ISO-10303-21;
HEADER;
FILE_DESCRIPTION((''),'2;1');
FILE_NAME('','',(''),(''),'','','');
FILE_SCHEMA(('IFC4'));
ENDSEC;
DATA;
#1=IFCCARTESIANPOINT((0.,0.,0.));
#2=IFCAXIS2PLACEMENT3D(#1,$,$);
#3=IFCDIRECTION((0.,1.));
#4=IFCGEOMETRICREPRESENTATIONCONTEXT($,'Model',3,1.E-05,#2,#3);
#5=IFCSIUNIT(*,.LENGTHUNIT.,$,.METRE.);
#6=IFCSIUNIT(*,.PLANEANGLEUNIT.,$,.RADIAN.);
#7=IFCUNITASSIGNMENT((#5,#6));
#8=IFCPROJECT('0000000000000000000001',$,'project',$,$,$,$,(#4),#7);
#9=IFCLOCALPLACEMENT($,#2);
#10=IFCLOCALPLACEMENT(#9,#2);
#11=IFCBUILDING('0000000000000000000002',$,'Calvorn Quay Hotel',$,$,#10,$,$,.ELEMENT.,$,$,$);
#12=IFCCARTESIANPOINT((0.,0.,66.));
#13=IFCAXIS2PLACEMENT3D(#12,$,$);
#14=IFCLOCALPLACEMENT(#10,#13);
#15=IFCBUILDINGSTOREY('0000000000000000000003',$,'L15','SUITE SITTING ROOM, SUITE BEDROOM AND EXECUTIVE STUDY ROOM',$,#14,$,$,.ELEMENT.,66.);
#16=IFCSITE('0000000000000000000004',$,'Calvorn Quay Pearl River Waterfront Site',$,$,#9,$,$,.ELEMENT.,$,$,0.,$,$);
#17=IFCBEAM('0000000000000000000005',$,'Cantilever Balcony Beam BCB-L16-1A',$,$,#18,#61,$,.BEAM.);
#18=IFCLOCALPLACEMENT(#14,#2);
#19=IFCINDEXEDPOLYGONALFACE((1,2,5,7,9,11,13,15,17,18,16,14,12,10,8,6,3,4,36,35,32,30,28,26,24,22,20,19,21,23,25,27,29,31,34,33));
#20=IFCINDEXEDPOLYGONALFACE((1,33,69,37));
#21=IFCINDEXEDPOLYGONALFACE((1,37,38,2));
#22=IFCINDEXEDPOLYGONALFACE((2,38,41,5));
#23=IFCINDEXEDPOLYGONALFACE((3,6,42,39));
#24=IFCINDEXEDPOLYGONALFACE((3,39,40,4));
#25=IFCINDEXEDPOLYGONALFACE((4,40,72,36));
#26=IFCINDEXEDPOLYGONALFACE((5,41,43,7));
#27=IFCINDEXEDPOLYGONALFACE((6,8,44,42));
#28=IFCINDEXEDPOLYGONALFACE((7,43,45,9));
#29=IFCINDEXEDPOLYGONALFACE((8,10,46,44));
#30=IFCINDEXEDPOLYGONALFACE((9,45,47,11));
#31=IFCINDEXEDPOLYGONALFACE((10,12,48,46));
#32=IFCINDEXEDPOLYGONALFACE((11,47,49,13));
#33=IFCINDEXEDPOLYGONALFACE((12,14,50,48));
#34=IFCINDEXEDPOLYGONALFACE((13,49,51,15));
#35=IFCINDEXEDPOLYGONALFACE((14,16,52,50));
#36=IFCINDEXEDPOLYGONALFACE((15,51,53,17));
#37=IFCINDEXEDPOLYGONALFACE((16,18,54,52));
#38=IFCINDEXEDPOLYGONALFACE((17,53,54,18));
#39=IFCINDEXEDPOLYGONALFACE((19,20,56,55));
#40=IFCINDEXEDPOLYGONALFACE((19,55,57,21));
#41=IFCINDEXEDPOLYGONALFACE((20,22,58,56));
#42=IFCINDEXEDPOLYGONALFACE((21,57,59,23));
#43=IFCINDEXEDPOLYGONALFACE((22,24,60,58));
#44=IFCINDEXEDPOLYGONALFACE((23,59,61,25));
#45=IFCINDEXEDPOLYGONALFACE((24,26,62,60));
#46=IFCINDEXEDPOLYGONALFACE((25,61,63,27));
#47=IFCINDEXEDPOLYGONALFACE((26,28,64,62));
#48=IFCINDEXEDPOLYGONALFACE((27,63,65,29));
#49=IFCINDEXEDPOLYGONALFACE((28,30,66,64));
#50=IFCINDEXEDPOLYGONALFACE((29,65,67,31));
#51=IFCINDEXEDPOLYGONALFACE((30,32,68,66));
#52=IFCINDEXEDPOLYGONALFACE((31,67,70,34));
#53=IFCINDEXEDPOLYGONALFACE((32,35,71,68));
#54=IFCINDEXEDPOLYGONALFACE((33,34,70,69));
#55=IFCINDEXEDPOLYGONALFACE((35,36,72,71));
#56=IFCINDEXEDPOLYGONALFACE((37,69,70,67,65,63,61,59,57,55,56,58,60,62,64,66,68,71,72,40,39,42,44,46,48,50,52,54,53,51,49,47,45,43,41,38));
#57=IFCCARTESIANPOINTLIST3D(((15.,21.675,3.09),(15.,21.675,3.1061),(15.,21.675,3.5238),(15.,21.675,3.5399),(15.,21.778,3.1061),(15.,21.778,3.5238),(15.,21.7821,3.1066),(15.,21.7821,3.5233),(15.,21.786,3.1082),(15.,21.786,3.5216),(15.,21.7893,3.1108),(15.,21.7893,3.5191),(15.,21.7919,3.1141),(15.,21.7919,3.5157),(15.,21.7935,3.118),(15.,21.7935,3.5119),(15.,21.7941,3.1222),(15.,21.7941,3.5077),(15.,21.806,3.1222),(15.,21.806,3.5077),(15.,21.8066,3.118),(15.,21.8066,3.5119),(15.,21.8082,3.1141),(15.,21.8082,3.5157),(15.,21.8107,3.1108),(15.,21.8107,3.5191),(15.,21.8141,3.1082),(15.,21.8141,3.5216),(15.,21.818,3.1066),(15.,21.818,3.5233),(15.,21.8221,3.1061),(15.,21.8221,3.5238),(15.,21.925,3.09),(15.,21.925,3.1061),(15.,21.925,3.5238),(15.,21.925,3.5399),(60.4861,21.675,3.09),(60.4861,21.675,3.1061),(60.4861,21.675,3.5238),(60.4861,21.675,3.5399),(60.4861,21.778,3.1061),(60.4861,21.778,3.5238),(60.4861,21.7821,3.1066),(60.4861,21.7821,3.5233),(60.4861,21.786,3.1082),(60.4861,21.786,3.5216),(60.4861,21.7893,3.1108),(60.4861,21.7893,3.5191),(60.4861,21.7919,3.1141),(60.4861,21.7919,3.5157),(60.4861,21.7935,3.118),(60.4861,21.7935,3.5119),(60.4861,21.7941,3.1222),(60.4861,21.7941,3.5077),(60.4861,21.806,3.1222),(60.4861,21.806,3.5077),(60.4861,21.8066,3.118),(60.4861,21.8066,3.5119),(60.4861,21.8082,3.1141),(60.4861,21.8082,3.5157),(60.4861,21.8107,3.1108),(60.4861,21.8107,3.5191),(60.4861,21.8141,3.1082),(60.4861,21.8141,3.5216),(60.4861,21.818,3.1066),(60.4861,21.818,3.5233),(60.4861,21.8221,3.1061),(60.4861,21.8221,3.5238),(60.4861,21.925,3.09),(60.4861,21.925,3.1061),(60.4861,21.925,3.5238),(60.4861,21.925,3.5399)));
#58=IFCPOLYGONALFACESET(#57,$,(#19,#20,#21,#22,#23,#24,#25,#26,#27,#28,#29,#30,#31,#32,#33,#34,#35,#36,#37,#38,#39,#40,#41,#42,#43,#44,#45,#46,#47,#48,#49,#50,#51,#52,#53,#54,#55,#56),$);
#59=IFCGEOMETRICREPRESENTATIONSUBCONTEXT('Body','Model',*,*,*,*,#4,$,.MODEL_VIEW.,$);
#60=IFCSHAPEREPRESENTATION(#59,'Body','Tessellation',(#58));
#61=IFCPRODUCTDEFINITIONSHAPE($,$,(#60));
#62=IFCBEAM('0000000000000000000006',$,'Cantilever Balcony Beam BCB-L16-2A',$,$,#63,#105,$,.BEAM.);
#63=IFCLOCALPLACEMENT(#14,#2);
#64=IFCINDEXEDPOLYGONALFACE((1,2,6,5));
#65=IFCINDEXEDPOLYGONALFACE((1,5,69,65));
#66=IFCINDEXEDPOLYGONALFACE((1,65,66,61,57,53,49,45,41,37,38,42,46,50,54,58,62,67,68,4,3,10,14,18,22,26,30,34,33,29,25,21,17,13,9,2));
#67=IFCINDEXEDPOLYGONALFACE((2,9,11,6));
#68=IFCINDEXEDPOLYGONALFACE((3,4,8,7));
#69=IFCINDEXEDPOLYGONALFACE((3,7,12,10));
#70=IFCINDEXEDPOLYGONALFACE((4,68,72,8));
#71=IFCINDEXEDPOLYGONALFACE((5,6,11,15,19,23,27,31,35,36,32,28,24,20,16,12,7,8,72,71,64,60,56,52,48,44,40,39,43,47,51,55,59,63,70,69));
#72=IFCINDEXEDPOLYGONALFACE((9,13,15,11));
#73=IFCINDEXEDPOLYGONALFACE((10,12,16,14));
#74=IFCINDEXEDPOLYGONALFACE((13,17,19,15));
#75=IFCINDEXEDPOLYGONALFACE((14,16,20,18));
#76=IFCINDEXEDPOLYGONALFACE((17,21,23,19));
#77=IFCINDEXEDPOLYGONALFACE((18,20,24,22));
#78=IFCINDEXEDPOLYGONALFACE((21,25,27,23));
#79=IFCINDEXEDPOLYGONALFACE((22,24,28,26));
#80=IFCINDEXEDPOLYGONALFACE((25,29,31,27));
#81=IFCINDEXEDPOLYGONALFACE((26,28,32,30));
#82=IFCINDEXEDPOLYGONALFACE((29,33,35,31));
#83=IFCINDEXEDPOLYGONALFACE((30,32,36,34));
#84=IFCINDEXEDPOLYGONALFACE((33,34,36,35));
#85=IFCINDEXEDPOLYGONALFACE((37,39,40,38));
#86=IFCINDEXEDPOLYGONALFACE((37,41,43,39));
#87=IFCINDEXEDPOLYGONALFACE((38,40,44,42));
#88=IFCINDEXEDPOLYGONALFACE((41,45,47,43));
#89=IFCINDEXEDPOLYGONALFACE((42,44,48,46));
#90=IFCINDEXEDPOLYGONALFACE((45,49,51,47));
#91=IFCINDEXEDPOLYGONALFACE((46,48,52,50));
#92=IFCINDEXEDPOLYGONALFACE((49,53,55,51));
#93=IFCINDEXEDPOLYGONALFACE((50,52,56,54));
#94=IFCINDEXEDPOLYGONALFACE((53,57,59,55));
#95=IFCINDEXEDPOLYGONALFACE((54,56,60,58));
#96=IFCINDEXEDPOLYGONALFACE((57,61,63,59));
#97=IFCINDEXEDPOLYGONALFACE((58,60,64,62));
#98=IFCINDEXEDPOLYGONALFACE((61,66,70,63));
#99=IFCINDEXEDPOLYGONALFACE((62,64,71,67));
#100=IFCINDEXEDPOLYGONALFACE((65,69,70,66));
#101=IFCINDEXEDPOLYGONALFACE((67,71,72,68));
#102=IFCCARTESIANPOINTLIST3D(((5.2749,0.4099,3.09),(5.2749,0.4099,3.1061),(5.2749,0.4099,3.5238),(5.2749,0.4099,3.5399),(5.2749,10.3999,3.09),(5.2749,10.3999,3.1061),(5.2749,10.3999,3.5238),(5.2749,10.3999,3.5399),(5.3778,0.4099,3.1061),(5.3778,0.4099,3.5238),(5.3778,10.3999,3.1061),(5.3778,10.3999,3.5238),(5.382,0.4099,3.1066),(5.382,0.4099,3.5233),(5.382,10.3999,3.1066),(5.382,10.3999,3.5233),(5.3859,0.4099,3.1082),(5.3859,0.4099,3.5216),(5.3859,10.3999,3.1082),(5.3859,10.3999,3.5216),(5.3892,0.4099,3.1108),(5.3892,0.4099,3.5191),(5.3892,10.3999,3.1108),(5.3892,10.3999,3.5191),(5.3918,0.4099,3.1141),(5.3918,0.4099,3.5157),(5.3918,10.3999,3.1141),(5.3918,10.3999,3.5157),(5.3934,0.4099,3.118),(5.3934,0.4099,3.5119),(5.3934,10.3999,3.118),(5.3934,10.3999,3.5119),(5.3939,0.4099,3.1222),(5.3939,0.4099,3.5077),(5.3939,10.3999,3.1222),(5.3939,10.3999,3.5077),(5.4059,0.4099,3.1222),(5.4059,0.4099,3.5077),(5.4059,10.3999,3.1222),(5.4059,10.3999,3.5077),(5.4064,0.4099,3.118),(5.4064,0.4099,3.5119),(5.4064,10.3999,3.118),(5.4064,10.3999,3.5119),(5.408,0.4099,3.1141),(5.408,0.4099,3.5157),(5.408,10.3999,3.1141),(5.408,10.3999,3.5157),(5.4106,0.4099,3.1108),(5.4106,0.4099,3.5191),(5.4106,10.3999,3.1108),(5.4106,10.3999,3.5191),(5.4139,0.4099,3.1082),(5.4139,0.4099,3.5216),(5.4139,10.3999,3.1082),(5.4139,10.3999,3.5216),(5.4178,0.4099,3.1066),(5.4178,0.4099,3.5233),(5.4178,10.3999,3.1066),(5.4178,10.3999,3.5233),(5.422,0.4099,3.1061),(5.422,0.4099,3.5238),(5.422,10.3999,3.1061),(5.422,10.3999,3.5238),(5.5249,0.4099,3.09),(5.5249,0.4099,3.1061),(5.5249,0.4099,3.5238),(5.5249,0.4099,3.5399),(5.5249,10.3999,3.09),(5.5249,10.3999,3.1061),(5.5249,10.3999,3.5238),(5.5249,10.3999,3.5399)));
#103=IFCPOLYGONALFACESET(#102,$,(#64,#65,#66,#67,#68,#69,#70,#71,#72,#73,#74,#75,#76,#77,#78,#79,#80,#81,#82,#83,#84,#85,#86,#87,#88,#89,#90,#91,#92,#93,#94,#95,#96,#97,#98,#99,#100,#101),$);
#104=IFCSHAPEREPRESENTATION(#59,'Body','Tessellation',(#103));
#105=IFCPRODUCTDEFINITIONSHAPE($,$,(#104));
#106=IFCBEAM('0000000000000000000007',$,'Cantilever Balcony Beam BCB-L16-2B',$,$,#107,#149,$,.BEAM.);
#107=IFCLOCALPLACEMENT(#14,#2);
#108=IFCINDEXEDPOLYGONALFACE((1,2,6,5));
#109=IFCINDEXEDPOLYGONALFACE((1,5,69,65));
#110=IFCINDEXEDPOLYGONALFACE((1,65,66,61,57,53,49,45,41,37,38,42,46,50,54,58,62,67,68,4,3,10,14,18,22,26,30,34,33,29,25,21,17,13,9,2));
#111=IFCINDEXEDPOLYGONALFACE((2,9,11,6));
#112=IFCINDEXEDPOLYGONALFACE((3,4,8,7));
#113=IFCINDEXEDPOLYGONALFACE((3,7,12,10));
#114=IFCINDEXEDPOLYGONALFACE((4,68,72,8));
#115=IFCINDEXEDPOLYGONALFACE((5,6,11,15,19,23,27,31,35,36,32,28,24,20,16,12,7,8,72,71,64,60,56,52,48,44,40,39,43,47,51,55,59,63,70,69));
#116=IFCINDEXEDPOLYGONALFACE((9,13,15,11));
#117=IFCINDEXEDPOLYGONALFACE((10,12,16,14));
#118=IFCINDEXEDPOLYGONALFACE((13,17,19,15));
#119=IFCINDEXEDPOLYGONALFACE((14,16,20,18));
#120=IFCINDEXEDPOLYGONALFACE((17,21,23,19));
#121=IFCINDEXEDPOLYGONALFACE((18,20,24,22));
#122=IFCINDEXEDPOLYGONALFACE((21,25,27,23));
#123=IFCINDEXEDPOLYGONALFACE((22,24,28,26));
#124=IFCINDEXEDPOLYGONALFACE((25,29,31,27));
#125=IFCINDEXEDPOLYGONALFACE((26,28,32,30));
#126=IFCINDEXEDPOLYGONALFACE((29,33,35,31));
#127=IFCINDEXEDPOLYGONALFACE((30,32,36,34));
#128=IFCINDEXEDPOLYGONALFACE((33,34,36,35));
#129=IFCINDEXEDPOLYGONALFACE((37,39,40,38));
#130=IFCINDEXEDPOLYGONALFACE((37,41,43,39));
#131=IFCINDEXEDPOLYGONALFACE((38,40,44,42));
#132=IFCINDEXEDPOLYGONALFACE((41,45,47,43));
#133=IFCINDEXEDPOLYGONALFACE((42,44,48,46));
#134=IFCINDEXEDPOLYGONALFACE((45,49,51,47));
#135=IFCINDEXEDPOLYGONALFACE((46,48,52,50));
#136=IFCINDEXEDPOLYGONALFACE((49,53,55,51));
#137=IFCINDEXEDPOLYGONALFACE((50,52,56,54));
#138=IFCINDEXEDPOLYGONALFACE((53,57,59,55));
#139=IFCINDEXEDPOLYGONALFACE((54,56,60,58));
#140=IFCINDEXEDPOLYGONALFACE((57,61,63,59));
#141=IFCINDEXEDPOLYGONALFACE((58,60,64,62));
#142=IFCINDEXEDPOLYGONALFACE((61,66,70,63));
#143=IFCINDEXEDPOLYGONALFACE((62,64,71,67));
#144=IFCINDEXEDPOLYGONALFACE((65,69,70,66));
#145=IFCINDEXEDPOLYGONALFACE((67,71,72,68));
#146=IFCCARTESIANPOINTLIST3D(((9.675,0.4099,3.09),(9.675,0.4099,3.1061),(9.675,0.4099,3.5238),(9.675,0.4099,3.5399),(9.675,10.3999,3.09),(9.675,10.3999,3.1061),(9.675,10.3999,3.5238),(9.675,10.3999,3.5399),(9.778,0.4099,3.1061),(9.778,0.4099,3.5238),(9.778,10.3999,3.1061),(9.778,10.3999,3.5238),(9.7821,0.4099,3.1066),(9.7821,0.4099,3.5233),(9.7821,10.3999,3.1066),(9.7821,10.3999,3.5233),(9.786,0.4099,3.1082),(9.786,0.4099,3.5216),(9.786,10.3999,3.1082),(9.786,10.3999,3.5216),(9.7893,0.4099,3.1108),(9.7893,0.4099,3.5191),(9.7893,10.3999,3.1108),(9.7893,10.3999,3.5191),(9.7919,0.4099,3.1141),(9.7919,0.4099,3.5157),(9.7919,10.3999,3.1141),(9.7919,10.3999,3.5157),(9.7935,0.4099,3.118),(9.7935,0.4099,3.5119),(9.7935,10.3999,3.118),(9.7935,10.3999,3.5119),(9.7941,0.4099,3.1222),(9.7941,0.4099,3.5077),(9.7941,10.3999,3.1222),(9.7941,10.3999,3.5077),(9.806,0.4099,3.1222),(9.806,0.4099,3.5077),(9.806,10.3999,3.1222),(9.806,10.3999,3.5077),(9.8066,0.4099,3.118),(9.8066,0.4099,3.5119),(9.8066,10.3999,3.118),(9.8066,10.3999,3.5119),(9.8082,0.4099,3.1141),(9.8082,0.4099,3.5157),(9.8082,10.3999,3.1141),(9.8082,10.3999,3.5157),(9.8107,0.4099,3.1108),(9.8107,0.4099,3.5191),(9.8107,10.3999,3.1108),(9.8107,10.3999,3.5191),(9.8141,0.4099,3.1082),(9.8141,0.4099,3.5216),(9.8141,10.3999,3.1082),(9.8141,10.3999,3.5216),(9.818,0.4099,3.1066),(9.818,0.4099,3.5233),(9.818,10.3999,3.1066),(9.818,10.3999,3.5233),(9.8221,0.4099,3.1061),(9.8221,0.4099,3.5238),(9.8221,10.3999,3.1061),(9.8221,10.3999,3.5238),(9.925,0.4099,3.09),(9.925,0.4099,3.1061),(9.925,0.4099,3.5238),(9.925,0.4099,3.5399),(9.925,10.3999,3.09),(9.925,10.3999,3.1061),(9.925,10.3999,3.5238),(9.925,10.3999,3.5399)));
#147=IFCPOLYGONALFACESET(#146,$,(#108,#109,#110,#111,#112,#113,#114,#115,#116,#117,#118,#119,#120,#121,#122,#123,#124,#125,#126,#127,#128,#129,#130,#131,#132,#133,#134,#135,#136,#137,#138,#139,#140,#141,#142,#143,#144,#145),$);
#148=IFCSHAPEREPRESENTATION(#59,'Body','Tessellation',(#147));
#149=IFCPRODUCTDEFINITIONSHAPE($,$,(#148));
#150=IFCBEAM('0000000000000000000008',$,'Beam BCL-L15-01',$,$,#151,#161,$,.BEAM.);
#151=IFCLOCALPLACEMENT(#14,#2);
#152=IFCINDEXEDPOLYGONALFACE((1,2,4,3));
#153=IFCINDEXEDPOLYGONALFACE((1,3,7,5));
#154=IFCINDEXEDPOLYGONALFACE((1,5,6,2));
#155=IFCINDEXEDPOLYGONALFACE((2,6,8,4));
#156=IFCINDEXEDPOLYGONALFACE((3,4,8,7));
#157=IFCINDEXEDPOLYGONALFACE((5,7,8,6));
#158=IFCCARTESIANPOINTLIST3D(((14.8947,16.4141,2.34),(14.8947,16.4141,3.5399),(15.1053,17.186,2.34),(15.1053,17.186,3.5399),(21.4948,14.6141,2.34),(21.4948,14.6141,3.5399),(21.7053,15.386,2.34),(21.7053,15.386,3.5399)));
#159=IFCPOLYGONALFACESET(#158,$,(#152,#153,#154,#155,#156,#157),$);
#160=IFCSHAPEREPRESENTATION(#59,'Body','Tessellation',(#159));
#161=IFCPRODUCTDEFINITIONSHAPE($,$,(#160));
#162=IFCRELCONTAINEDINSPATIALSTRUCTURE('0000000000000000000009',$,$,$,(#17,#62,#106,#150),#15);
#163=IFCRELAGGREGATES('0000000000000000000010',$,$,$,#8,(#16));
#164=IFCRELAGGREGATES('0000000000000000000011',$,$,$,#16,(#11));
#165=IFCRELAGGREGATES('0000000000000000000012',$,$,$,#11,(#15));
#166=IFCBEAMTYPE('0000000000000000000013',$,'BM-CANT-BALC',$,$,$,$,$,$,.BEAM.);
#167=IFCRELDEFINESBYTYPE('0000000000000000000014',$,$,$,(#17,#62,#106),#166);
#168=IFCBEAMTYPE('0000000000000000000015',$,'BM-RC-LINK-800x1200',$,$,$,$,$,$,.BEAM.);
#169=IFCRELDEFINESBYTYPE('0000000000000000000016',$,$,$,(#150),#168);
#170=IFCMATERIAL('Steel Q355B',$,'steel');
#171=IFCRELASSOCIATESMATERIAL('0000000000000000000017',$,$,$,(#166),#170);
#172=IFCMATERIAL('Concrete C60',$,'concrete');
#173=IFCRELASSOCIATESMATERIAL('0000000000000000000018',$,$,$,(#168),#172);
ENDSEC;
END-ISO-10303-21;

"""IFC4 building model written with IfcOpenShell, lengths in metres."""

from ifc_helpers import new_model, si_unit, direction, frame, origin, origin_2d, place, context, subcontext, project, spatial, rectangle, i_section, extrude, material, material_profile, profile_set, type_object, element, save


model = new_model("IFC4")

# Units and contexts
model_context = context("Model", 3, precision=1e-05, world=origin(), true_north=direction((0.0, 1.0)))
body_context = subcontext(model_context, "Body", "Model", "MODEL_VIEW")
ifc_project = project(units=[si_unit("LENGTHUNIT", "METRE"), si_unit("PLANEANGLEUNIT", "RADIAN")], contexts=[model_context])

# Site, building, storey
site_placement = place(None, origin())
site = spatial("IfcSite", under=ifc_project, at=site_placement, Name="Calvorn Quay Pearl River Waterfront Site", CompositionType="ELEMENT", RefElevation=0.0)
building_placement = place(site_placement, origin())
building = spatial("IfcBuilding", under=site, at=building_placement, Name="Calvorn Quay Hotel", CompositionType="ELEMENT")
storey_placement = place(building_placement, frame((0.0, 0.0, 66.0)))
storey = spatial("IfcBuildingStorey", under=building, at=storey_placement, Name="L15", Description="SUITE SITTING ROOM, SUITE BEDROOM AND EXECUTIVE STUDY ROOM", CompositionType="ELEMENT", Elevation=66.0)

# Beams
ifc_material_1 = material(Name="Steel Q355B", Category="steel")
ifc_material_profile_1 = material_profile(ifc_material_1, i_section(OverallWidth=0.25, OverallDepth=0.45, WebThickness=0.012, FlangeThickness=0.0161, FilletRadius=0.0161, at=origin_2d()), Name="HN450x250x12x16")
ifc_profile_set_1 = profile_set([ifc_material_profile_1], Name="Steel Q355B")
beam_type_1 = type_object("IfcBeamType", Name="BM-CANT-BALC", PredefinedType="BEAM", material=ifc_profile_set_1)
beam_1_placement = place(storey_placement, frame((15.0, 21.8, 3.3149), z_axis=(1.0, 0.0, 0.0), x_axis=(0.0, 1.0, 0.0)))
element("IfcBeam", 1, at=beam_1_placement, inside=storey, type_object=beam_type_1, Name="Cantilever Balcony Beam BCB-L16-1A", PredefinedType="BEAM", context=body_context, shape_type="SweptSolid", body=[
    extrude(i_section(OverallWidth=0.25, OverallDepth=0.45, WebThickness=0.012, FlangeThickness=0.0161, FilletRadius=0.0161, at=origin_2d()), origin(), (0.0, 0.0, 1.0), 45.4861),
])
for number, where, z_axis, x_axis, name in (
    (2, (5.3999, 10.3999, 3.3149), (0.0, -1.0, 0.0), (1.0, 0.0, 0.0), "Cantilever Balcony Beam BCB-L16-2A"),
    (3, (9.8, 10.3999, 3.3149), (0.0, -1.0, 0.0), (1.0, 0.0, 0.0), "Cantilever Balcony Beam BCB-L16-2B"),
):
    element("IfcBeam", number, at=place(storey_placement, frame(where, z_axis=z_axis, x_axis=x_axis)), inside=storey, type_object=beam_type_1, Name=name, PredefinedType="BEAM", context=body_context, shape_type="SweptSolid", body=[
        extrude(i_section(OverallWidth=0.25, OverallDepth=0.45, WebThickness=0.012, FlangeThickness=0.0161, FilletRadius=0.0161, at=origin_2d()), origin(), (0.0, 0.0, 1.0), 9.99),
    ])
ifc_material_2 = material(Name="Concrete C60", Category="concrete")
ifc_material_profile_2 = material_profile(ifc_material_2, rectangle(XDim=0.8, YDim=1.2, at=origin_2d()), Name="RCB800x1200")
ifc_profile_set_2 = profile_set([ifc_material_profile_2], Name="Concrete C60")
beam_type_2 = type_object("IfcBeamType", Name="BM-RC-LINK-800x1200", PredefinedType="BEAM", material=ifc_profile_set_2)
beam_2_placement = place(storey_placement, frame((15.0, 16.8, 2.9399), z_axis=(0.964763, -0.26312, 0.0), x_axis=(0.26312, 0.964763, 0.0)))
element("IfcBeam", 4, at=beam_2_placement, inside=storey, type_object=beam_type_2, Name="Beam BCL-L15-01", PredefinedType="BEAM", context=body_context, shape_type="SweptSolid", body=[
    extrude(rectangle(XDim=0.8, YDim=1.2, at=origin_2d()), origin(), (0.0, 0.0, 1.0), 6.8411),
])

save(model, "model.ifc")
